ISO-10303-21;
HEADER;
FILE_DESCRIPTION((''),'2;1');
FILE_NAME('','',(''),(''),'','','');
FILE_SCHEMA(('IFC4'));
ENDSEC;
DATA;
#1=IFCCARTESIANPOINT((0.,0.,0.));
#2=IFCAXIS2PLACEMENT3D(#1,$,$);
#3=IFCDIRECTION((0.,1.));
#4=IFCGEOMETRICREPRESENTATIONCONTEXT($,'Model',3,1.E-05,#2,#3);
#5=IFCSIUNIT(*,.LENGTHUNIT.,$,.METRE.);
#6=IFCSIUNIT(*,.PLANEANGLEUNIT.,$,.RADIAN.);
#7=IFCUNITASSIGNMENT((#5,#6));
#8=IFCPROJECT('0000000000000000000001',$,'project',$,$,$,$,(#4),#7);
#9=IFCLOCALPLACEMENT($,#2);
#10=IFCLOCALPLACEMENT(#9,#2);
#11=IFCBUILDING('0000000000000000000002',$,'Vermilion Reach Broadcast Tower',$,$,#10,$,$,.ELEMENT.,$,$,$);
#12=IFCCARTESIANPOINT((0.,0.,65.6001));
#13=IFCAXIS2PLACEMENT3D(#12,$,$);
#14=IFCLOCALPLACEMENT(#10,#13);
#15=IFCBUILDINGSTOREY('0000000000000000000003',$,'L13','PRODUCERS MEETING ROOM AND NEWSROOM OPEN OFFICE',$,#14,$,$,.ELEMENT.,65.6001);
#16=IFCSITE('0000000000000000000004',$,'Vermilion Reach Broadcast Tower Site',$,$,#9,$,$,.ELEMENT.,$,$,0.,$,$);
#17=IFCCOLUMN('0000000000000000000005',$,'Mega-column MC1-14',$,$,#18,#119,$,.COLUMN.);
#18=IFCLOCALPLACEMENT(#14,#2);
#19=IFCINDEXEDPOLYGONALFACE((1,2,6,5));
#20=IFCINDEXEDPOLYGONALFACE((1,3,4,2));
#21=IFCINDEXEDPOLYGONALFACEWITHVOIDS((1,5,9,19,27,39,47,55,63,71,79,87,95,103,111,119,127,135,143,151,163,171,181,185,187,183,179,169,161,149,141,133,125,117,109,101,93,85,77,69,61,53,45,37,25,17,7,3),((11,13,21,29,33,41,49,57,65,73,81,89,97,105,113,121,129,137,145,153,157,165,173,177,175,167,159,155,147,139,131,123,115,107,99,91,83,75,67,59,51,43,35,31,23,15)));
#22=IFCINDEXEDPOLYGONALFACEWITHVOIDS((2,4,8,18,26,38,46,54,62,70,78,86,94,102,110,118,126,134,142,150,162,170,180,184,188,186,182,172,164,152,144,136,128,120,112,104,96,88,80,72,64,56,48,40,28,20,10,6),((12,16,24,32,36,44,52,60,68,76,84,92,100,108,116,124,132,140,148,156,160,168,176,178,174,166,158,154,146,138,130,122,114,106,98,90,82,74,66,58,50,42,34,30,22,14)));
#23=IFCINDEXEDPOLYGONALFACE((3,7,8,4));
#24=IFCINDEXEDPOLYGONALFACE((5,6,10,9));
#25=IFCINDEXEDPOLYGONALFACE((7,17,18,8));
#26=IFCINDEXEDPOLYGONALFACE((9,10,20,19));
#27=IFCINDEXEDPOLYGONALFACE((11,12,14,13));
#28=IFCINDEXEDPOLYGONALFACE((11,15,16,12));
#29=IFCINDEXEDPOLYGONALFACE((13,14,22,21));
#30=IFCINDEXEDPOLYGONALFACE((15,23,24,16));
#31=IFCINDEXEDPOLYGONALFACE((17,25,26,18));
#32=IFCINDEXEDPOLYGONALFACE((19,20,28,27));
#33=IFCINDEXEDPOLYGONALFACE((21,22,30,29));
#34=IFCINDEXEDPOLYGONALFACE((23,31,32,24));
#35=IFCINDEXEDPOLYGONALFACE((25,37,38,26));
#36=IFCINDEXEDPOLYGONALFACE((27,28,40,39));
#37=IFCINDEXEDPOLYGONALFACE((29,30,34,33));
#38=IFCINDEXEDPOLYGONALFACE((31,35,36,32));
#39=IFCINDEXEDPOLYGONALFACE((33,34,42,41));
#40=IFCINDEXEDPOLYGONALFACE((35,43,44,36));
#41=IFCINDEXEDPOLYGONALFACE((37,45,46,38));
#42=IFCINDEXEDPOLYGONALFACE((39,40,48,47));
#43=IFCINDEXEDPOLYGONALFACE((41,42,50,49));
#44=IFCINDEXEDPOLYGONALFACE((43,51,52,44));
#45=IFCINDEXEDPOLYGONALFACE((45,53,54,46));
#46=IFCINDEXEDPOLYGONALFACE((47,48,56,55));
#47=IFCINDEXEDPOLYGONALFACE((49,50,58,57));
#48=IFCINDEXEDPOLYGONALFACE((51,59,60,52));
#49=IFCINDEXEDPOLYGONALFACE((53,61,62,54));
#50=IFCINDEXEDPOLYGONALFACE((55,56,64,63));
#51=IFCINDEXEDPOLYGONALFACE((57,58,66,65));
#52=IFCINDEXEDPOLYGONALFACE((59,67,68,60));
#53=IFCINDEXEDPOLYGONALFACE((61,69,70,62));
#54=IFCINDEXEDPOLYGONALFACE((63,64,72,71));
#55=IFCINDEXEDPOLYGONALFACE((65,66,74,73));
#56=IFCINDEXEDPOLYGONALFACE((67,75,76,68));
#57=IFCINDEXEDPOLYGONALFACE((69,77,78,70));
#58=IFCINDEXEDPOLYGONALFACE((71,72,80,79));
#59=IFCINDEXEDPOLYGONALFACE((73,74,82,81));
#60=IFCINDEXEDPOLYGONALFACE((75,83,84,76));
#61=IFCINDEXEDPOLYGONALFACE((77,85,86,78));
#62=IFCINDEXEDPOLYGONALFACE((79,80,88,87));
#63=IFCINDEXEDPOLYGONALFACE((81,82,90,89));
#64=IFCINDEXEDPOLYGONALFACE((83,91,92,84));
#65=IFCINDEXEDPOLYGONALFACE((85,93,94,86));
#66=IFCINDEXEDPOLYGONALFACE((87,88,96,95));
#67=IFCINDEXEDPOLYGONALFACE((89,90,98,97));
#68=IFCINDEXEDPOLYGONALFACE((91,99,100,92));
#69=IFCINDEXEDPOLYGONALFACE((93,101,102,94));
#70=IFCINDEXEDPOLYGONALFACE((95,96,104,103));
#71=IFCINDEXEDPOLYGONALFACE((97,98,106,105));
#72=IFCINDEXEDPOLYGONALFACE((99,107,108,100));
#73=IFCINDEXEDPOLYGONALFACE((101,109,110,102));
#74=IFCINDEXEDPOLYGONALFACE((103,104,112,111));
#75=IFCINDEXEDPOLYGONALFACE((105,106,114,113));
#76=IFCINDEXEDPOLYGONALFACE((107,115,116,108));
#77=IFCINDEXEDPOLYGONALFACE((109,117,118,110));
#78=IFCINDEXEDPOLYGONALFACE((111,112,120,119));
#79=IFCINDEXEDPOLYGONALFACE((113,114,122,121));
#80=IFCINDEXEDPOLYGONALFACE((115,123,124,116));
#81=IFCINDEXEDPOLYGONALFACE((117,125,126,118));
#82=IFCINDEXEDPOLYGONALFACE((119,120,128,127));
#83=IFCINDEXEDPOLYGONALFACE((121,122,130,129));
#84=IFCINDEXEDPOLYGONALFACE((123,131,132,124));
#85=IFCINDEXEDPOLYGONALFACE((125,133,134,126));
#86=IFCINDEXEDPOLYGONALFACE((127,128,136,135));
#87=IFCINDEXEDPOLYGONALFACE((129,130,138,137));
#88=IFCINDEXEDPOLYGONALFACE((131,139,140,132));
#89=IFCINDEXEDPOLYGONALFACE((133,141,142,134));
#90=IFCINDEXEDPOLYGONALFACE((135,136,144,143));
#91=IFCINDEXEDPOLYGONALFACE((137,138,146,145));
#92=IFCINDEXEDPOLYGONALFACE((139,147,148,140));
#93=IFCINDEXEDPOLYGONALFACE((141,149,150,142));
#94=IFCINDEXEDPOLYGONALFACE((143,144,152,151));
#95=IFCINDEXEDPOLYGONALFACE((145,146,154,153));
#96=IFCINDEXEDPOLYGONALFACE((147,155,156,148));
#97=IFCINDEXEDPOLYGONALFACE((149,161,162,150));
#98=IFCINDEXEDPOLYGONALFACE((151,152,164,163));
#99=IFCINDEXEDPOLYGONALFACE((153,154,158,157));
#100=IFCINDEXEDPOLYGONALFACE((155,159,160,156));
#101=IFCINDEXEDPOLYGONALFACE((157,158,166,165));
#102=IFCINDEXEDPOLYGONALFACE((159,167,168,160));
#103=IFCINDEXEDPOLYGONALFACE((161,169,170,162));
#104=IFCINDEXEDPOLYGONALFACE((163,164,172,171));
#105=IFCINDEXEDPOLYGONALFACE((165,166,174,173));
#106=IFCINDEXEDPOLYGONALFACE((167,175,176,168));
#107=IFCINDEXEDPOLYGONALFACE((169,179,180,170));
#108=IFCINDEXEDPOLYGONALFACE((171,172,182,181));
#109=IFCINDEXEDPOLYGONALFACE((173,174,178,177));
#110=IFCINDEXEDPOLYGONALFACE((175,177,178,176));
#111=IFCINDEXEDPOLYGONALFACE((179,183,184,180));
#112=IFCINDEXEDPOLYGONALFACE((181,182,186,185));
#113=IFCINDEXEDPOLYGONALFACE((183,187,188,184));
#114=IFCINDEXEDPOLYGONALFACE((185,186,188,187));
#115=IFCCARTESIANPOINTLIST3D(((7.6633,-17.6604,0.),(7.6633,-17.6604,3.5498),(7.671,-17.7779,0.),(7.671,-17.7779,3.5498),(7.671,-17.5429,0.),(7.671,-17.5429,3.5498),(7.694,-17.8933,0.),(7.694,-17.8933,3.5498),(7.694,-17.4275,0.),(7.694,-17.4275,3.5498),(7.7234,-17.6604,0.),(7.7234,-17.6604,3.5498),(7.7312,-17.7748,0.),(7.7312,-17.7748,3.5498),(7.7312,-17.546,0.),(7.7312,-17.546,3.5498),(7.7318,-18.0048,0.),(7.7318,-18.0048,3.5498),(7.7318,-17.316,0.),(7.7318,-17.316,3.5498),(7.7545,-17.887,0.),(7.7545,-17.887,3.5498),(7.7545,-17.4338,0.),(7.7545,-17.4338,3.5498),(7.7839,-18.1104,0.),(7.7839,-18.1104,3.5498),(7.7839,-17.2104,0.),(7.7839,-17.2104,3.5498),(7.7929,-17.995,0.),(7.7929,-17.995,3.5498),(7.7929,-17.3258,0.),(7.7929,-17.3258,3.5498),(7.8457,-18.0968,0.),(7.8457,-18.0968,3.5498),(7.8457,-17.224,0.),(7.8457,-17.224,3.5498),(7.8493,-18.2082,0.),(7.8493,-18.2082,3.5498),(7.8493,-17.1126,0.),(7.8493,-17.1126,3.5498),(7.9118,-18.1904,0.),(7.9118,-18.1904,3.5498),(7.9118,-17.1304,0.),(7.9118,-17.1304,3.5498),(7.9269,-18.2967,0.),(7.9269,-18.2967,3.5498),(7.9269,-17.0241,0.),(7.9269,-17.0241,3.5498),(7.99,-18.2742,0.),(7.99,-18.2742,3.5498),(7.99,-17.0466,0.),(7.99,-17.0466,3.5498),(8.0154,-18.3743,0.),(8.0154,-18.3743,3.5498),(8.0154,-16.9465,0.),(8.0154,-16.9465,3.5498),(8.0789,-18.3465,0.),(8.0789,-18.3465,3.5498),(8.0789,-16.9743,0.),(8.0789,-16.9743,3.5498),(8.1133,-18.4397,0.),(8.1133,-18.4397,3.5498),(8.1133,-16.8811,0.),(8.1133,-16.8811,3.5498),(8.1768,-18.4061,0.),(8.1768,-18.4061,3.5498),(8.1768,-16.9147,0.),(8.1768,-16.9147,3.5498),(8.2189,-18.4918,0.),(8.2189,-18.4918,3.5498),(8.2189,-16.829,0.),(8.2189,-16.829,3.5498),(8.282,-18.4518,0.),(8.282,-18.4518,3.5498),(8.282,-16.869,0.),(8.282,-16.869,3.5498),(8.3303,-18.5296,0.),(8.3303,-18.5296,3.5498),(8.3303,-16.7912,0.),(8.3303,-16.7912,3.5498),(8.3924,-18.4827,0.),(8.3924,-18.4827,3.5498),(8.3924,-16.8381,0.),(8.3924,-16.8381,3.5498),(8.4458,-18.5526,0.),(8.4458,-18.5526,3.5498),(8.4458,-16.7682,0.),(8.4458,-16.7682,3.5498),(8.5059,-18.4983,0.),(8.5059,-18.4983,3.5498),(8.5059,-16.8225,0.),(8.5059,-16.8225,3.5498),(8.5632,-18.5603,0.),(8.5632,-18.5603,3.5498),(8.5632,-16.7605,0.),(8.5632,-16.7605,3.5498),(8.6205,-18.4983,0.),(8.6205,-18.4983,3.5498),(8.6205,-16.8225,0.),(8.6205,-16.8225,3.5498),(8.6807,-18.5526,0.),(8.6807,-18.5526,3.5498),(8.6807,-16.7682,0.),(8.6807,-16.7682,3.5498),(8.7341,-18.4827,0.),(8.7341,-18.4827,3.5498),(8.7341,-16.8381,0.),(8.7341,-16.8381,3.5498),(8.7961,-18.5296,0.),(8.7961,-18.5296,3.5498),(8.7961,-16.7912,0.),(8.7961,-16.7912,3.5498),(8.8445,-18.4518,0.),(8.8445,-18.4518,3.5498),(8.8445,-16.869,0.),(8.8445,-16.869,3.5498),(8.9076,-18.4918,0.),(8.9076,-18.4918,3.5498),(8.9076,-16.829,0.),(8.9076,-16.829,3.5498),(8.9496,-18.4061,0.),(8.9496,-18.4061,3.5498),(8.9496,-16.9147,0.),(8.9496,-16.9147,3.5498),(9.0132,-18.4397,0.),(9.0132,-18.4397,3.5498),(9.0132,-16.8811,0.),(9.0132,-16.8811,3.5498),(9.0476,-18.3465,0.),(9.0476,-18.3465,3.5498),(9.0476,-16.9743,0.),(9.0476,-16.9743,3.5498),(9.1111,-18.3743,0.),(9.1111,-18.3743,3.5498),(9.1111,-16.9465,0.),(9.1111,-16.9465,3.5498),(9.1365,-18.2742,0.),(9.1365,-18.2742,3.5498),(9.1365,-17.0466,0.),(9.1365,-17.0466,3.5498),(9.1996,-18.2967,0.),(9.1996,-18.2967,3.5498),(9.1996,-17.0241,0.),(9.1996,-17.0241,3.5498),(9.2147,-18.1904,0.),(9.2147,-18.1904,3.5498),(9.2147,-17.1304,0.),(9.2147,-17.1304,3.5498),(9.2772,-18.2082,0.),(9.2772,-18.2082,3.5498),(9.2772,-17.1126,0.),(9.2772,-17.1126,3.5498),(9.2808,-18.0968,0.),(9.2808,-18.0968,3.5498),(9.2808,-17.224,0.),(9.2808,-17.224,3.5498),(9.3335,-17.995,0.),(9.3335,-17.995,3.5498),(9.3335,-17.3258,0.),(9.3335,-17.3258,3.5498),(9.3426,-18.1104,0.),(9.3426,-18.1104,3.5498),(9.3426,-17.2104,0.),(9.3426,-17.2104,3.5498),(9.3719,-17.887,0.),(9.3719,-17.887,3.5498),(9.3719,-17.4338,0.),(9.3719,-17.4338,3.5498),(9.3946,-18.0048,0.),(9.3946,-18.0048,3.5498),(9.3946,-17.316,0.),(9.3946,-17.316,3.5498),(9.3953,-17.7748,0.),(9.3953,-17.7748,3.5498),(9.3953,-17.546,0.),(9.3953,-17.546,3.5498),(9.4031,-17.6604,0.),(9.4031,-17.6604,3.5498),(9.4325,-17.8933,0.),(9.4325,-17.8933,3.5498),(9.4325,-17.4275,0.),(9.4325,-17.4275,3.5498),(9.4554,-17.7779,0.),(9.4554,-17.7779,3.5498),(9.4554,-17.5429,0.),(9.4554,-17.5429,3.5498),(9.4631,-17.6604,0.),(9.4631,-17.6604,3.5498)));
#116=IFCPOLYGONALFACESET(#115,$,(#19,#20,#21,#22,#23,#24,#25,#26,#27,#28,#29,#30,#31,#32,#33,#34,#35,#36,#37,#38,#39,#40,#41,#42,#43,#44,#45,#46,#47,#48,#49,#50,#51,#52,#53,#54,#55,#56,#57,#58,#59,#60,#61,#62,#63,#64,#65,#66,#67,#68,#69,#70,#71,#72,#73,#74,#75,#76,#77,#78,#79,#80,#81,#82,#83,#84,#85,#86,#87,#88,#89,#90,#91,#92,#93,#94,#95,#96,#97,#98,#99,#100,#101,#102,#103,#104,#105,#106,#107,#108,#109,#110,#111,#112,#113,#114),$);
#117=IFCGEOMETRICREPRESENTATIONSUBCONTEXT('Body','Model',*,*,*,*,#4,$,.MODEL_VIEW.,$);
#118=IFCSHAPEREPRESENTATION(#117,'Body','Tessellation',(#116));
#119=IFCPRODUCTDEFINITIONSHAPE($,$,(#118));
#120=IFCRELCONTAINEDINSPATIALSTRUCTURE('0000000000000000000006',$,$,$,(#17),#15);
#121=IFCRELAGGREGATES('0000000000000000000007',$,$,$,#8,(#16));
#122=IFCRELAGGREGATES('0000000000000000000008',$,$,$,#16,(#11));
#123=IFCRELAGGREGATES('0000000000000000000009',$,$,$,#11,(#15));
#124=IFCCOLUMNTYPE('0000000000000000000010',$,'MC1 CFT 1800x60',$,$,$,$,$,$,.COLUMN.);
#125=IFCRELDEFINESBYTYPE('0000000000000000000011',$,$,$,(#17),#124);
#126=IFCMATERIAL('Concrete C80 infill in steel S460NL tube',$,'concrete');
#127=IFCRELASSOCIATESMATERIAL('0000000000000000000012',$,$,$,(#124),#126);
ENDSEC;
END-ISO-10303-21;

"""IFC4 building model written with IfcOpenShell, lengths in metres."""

from ifc_helpers import new_model, si_unit, direction, frame, origin, origin_2d, place, context, subcontext, project, spatial, hollow_circle, extrude, material, material_profile, profile_set, type_object, element, save


model = new_model("IFC4")

# Units and contexts
model_context = context("Model", 3, precision=1e-05, world=origin(), true_north=direction((0.0, 1.0)))
body_context = subcontext(model_context, "Body", "Model", "MODEL_VIEW")
ifc_project = project(units=[si_unit("LENGTHUNIT", "METRE"), si_unit("PLANEANGLEUNIT", "RADIAN")], contexts=[model_context])

# Site, building, storey
site_placement = place(None, origin())
site = spatial("IfcSite", under=ifc_project, at=site_placement, Name="Vermilion Reach Broadcast Tower Site", CompositionType="ELEMENT", RefElevation=0.0)
building_placement = place(site_placement, origin())
building = spatial("IfcBuilding", under=site, at=building_placement, Name="Vermilion Reach Broadcast Tower", CompositionType="ELEMENT")
storey_placement = place(building_placement, frame((0.0, 0.0, 65.6001)))
storey = spatial("IfcBuildingStorey", under=building, at=storey_placement, Name="L13", Description="PRODUCERS MEETING ROOM AND NEWSROOM OPEN OFFICE", CompositionType="ELEMENT", Elevation=65.6001)

# Column
ifc_material_1 = material(Name="Concrete C80 infill in steel S460NL tube", Category="concrete")
ifc_material_profile_1 = material_profile(ifc_material_1, hollow_circle(Radius=0.8999, WallThickness=0.0601, at=origin_2d()), Name="Concrete C80 infill in steel S460NL tube CFT 1800x60")
ifc_profile_set_1 = profile_set([ifc_material_profile_1], Name="Concrete C80 infill in steel S460NL tube")
column_type = type_object("IfcColumnType", Name="MC1 CFT 1800x60", PredefinedType="COLUMN", material=ifc_profile_set_1)
for number, where, z_axis, x_axis, name in (
    (1, (8.5632, -17.6604, 0.0), (0.0, 0.0, 1.0), (1.0, 0.0, 0.0), "Mega-column MC1-14"),
):
    element("IfcColumn", number, at=place(storey_placement, frame(where, z_axis=z_axis, x_axis=x_axis)), inside=storey, type_object=column_type, Name=name, PredefinedType="COLUMN", context=body_context, shape_type="SweptSolid", body=[
        extrude(hollow_circle(Radius=0.8999, WallThickness=0.0601, at=origin_2d()), origin(), (0.0, 0.0, 1.0), 3.5498),
    ])

save(model, "model.ifc")
